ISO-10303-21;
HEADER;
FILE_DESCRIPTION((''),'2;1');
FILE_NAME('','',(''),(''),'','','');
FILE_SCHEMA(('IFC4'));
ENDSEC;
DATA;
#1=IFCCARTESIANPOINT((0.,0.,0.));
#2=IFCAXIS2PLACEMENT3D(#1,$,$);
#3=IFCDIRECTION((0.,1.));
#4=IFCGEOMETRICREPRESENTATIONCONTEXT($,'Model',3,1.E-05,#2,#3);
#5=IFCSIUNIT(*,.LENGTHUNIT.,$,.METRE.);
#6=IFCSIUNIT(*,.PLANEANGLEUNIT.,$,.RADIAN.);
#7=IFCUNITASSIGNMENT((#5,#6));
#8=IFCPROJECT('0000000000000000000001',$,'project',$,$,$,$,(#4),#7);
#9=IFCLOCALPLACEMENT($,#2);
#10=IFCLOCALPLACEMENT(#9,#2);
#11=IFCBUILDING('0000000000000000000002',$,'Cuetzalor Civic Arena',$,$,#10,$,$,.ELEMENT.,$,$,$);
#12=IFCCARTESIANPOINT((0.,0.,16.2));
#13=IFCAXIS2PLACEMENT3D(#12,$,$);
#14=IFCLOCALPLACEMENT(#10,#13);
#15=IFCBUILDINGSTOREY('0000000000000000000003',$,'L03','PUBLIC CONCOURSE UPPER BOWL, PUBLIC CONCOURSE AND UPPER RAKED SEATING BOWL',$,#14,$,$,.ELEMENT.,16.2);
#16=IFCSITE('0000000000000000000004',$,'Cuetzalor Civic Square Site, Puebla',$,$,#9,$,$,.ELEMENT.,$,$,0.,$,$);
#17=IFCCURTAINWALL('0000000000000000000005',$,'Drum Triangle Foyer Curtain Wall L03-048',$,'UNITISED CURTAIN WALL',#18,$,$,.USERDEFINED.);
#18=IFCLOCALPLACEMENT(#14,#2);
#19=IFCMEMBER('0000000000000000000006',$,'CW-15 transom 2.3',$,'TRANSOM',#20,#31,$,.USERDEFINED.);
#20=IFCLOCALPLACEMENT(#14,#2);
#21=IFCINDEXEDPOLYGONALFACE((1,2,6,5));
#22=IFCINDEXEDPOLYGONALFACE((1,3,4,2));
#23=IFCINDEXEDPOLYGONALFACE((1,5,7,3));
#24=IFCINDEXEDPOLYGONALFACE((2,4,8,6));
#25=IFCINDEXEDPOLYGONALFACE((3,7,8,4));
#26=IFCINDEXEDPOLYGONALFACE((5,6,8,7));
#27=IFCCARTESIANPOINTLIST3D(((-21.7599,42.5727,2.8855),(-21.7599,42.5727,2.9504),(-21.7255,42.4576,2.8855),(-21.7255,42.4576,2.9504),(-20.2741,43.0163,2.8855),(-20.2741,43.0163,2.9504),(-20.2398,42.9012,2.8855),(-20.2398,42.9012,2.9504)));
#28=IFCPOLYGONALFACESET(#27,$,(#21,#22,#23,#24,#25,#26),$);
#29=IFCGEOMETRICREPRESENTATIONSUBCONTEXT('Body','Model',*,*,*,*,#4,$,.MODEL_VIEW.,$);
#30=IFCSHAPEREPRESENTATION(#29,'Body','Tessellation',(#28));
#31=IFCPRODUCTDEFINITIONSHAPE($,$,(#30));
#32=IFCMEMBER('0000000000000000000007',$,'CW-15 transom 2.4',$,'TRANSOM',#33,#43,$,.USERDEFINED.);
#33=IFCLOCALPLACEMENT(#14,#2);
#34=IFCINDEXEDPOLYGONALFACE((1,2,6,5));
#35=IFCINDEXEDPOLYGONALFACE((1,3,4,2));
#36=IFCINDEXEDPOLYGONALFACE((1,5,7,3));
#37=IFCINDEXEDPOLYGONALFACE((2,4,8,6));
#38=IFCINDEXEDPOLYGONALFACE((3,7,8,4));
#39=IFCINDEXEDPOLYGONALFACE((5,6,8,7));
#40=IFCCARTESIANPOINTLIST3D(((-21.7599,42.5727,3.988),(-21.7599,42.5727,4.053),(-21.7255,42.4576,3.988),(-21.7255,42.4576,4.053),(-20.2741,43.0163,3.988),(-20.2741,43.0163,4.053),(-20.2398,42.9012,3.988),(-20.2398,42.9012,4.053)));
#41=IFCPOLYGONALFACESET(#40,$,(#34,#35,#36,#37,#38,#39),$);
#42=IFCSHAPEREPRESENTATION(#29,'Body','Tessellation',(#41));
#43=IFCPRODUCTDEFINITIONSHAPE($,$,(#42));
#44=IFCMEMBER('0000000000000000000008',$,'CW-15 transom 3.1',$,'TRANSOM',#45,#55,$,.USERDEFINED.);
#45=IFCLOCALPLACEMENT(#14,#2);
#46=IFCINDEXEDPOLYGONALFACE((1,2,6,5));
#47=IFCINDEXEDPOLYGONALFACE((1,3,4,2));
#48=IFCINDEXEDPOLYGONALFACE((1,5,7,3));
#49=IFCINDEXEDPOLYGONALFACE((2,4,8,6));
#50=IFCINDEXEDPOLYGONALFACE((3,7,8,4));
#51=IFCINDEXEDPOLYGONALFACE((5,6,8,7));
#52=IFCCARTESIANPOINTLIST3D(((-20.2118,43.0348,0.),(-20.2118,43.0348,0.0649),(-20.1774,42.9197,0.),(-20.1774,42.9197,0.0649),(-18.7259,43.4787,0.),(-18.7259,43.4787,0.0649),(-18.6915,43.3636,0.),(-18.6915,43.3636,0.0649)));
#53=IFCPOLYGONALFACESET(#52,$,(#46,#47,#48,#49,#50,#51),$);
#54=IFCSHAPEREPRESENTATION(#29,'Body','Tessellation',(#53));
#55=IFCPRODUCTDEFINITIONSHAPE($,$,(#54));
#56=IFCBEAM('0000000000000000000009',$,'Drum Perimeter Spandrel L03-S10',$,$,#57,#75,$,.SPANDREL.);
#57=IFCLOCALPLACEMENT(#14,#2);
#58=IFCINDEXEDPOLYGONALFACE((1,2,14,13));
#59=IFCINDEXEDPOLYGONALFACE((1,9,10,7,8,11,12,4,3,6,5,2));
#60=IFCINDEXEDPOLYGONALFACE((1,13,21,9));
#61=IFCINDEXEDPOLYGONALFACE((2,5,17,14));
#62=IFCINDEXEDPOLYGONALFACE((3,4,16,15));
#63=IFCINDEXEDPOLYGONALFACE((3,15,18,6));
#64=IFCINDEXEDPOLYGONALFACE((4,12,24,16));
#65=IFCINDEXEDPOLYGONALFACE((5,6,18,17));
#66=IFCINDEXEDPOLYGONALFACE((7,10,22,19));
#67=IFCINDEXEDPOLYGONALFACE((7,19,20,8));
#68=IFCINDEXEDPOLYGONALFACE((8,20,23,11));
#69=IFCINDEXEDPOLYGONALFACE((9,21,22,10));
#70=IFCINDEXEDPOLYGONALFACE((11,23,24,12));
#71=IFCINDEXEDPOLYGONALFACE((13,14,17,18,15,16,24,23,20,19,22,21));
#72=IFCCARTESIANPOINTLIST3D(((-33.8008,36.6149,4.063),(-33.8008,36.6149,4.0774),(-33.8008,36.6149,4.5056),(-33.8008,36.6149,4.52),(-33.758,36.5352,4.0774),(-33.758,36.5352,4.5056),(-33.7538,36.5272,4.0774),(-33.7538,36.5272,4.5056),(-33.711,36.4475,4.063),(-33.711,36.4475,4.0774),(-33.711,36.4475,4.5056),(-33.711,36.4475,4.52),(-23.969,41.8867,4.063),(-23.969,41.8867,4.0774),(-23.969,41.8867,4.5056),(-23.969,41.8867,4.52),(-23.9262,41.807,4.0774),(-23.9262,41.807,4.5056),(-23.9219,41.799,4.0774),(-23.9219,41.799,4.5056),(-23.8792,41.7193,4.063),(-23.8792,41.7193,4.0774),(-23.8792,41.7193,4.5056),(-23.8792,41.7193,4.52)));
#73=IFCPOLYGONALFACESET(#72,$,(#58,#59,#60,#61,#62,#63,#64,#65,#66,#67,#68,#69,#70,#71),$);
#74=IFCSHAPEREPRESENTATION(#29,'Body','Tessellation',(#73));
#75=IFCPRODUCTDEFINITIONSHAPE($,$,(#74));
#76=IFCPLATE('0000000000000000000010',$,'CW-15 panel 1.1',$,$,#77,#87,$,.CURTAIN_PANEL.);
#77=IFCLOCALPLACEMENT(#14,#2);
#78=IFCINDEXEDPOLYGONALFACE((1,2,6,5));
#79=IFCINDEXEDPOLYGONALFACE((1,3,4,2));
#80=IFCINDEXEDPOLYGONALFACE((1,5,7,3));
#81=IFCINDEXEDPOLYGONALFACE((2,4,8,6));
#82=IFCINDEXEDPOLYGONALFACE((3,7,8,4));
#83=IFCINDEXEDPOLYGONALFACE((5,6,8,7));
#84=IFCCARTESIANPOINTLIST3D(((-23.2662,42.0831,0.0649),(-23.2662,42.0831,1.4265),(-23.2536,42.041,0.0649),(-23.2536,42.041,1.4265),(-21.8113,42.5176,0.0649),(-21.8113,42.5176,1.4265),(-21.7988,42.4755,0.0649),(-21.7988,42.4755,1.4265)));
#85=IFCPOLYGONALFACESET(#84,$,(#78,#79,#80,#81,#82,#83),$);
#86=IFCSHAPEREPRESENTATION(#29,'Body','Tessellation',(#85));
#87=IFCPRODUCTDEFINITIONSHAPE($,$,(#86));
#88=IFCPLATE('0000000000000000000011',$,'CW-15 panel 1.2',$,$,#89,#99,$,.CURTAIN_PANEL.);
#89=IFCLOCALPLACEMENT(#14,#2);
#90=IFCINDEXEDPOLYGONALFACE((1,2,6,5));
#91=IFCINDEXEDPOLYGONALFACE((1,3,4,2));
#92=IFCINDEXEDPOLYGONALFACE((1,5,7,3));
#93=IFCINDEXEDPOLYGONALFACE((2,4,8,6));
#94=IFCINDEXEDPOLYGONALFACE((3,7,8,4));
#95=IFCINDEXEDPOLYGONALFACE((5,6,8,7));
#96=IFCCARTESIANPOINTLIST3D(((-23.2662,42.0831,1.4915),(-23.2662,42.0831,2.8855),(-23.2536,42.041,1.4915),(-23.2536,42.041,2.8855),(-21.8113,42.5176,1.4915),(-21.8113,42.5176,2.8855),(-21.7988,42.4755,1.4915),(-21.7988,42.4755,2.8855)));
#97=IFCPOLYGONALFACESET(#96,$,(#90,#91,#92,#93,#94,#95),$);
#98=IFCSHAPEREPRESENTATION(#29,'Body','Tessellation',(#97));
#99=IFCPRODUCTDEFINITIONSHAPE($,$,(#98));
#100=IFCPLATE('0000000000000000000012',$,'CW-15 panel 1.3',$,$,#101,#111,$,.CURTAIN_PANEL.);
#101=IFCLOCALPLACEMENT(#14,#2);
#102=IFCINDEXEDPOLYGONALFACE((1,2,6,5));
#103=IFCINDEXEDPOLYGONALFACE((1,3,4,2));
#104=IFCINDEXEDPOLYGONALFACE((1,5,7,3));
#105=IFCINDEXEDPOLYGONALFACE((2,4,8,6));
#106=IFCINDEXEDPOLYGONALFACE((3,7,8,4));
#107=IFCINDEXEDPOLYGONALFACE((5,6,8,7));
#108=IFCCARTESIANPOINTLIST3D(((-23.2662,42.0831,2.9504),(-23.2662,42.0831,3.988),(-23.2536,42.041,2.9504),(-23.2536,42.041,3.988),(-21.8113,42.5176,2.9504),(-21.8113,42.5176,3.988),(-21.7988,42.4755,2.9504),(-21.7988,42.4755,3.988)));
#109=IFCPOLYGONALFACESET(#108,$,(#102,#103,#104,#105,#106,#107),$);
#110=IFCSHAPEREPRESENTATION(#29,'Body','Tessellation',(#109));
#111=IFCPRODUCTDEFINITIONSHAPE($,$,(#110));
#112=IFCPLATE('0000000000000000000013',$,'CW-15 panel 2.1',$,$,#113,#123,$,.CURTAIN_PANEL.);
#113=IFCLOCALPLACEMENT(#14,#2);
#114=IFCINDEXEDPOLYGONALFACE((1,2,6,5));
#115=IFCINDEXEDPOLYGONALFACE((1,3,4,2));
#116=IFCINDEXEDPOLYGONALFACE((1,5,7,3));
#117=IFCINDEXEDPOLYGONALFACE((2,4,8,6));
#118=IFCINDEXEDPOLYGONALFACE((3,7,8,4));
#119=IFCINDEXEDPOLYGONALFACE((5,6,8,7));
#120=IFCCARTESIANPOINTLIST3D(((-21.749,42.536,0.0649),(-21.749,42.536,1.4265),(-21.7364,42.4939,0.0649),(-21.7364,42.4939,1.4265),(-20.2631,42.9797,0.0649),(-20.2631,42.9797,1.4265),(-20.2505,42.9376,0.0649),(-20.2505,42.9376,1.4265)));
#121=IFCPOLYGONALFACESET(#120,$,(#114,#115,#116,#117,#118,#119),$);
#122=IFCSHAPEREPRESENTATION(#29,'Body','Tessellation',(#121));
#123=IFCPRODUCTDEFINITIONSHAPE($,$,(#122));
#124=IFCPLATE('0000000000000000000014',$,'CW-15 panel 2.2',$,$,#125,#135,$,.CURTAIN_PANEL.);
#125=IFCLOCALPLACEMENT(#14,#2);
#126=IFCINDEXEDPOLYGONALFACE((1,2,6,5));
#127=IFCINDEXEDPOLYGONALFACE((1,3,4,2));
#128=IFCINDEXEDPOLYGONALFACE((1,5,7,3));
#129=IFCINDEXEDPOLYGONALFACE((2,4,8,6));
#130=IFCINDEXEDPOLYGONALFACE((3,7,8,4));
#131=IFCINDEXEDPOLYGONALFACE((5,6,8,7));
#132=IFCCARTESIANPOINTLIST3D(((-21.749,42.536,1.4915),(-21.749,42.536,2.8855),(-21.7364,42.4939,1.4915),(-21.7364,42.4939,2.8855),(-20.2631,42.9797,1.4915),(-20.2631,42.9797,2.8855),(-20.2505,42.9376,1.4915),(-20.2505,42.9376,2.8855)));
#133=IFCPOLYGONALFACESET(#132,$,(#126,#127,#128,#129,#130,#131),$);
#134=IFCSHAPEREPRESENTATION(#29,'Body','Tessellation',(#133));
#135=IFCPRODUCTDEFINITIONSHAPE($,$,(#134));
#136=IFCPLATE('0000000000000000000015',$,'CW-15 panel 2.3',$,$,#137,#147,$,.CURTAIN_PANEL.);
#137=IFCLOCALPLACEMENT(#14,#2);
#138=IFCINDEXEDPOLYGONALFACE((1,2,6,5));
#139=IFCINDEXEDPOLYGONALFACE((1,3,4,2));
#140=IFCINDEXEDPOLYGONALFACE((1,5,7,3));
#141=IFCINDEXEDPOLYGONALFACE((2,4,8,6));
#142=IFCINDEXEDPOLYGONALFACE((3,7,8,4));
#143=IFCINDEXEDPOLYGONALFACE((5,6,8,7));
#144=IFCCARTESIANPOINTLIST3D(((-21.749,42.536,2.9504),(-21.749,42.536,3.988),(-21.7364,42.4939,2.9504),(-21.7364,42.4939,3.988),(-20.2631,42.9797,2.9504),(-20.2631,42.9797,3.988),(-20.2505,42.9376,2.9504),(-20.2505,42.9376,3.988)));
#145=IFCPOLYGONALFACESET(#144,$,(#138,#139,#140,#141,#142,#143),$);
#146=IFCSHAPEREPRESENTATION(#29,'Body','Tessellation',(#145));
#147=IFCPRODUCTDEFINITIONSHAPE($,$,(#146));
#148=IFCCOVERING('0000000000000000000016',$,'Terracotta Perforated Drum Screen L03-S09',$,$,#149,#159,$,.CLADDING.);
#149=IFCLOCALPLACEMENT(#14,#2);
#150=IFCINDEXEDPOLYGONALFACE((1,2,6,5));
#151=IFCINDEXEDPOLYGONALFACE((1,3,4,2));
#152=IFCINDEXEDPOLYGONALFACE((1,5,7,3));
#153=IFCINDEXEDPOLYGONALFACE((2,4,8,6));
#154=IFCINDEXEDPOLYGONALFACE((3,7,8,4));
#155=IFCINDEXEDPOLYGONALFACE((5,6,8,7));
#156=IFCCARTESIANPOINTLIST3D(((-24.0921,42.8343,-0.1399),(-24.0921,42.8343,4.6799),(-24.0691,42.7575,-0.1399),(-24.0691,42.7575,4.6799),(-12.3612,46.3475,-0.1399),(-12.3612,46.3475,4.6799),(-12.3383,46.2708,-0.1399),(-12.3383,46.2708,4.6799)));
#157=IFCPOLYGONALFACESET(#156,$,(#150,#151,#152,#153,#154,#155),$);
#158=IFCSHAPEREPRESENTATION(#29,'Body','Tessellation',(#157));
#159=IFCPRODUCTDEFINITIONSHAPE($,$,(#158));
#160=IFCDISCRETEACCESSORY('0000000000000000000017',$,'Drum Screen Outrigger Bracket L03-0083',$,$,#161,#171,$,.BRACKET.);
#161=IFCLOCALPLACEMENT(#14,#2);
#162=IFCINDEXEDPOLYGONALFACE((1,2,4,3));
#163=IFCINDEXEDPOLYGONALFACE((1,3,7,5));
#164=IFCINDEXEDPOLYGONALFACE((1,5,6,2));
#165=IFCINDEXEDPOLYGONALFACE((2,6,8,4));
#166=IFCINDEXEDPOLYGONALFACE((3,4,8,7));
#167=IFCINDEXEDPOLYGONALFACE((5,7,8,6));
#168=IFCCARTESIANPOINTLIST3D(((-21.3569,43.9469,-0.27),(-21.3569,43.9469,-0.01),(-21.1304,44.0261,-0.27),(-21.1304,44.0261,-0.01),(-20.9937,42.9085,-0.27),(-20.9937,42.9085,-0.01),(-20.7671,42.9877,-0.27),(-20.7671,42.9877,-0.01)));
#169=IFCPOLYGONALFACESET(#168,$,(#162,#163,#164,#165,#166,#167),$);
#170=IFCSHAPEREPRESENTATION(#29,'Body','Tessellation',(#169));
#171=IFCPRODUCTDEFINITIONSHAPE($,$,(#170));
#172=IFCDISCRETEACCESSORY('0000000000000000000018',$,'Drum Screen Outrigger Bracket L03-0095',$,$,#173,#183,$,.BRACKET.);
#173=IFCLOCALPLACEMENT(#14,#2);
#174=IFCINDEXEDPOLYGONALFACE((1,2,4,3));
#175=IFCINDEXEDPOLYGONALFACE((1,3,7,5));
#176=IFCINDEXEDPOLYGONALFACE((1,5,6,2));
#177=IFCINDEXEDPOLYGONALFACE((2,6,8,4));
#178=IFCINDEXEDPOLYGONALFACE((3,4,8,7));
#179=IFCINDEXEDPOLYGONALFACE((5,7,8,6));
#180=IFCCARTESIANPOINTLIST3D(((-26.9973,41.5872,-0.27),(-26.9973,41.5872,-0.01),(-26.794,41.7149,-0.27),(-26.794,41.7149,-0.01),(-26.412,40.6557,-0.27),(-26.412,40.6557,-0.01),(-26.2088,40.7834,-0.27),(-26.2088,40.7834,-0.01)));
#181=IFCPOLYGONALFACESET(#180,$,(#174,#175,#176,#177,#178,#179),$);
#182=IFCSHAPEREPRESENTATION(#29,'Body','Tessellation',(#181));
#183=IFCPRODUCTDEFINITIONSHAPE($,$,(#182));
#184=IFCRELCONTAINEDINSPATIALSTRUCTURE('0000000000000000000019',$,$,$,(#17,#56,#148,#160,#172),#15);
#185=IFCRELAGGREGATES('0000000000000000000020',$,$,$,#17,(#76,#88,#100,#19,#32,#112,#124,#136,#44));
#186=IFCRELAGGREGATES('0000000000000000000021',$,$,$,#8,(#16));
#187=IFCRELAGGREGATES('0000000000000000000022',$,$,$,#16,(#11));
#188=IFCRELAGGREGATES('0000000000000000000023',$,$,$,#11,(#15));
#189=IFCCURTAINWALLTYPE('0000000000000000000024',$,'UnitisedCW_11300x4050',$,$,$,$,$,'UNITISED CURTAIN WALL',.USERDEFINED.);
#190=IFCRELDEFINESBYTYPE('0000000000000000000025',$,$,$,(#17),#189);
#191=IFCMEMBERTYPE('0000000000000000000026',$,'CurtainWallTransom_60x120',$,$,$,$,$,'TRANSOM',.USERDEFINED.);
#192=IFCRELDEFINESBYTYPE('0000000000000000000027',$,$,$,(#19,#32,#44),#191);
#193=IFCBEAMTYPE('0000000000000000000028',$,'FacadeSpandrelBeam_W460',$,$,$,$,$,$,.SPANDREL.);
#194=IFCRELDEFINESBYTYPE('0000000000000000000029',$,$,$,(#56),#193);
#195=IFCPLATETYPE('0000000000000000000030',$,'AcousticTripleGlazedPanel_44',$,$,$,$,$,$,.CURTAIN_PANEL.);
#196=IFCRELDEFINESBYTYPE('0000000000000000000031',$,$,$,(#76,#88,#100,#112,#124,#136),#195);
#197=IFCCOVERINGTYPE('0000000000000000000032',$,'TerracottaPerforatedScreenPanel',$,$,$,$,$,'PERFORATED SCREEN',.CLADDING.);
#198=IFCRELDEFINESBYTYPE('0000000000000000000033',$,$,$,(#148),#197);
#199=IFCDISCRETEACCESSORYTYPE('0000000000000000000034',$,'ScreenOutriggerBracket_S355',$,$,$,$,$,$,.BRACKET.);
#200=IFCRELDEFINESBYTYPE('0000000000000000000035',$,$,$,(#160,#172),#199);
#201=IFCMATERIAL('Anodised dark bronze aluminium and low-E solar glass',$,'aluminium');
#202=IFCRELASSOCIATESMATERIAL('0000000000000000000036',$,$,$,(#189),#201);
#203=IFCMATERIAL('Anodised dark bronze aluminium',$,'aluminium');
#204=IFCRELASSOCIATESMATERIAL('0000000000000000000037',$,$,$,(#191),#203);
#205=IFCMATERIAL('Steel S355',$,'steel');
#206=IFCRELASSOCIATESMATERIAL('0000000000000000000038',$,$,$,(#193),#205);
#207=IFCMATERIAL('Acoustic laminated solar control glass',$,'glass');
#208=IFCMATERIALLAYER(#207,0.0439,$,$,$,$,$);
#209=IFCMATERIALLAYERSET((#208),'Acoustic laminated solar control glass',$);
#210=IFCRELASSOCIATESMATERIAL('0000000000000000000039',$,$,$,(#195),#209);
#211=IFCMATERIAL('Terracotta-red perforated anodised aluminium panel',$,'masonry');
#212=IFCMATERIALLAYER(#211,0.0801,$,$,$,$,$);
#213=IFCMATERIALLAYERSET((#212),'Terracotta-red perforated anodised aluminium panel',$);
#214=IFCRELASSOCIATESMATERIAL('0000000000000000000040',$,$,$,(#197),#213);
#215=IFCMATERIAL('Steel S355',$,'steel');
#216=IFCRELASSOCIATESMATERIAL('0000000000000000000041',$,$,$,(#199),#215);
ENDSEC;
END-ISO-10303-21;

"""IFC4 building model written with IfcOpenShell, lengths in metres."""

from ifc_helpers import new_model, si_unit, direction, frame, frame_2d, origin, origin_2d, place, context, subcontext, project, spatial, rectangle, i_section, extrude, material, layer, layer_set, material_profile, profile_set, type_object, element, aggregate, save


model = new_model("IFC4")

# Units and contexts
model_context = context("Model", 3, precision=1e-05, world=origin(), true_north=direction((0.0, 1.0)))
body_context = subcontext(model_context, "Body", "Model", "MODEL_VIEW")
ifc_project = project(units=[si_unit("LENGTHUNIT", "METRE"), si_unit("PLANEANGLEUNIT", "RADIAN")], contexts=[model_context])

# Site, building, storey
site_placement = place(None, origin())
site = spatial("IfcSite", under=ifc_project, at=site_placement, Name="Cuetzalor Civic Square Site, Puebla", CompositionType="ELEMENT", RefElevation=0.0)
building_placement = place(site_placement, origin())
building = spatial("IfcBuilding", under=site, at=building_placement, Name="Cuetzalor Civic Arena", CompositionType="ELEMENT")
storey_placement = place(building_placement, frame((0.0, 0.0, 16.2)))
storey = spatial("IfcBuildingStorey", under=building, at=storey_placement, Name="L03", Description="PUBLIC CONCOURSE UPPER BOWL, PUBLIC CONCOURSE AND UPPER RAKED SEATING BOWL", CompositionType="ELEMENT", Elevation=16.2)

# Curtain wall, members
ifc_material_1 = material(Name="Anodised dark bronze aluminium and low-E solar glass", Category="aluminium")
curtain_wall_type = type_object("IfcCurtainWallType", Name="UnitisedCW_11300x4050", ElementType="UNITISED CURTAIN WALL", PredefinedType="USERDEFINED", material=ifc_material_1)
curtain_wall_placement = place(storey_placement, origin())
curtain_wall = element("IfcCurtainWall", 1, at=curtain_wall_placement, inside=storey, type_object=curtain_wall_type, Name="Drum Triangle Foyer Curtain Wall L03-048", ObjectType="UNITISED CURTAIN WALL", PredefinedType="USERDEFINED")
ifc_material_2 = material(Name="Anodised dark bronze aluminium", Category="aluminium")
ifc_material_profile_1 = material_profile(ifc_material_2, rectangle(XDim=0.1201, YDim=0.0649, at=origin_2d()), Name="ALU TRANSOM 65x120")
ifc_profile_set_1 = profile_set([ifc_material_profile_1], Name="Anodised dark bronze aluminium")
member_type_1 = type_object("IfcMemberType", Name="CurtainWallTransom_60x120", ElementType="TRANSOM", PredefinedType="USERDEFINED", material=ifc_profile_set_1)
member_1_placement = place(storey_placement, frame((-21.7427, 42.5151, 2.918), z_axis=(0.958207, 0.286077, 0.0), x_axis=(-0.286077, 0.958207, 0.0)))
member_1 = element("IfcMember", 2, at=member_1_placement, type_object=member_type_1, Name="CW-15 transom 2.3", ObjectType="TRANSOM", PredefinedType="USERDEFINED", context=body_context, shape_type="SweptSolid", body=[
    extrude(rectangle(XDim=0.1201, YDim=0.0649, at=origin_2d()), origin(), (0.0, 0.0, 1.0), 1.5505),
])
member_2_placement = place(storey_placement, frame((-21.7427, 42.5151, 4.0205), z_axis=(0.958207, 0.286077, 0.0), x_axis=(-0.286077, 0.958207, 0.0)))
member_2 = element("IfcMember", 3, at=member_2_placement, type_object=member_type_1, Name="CW-15 transom 2.4", ObjectType="TRANSOM", PredefinedType="USERDEFINED", context=body_context, shape_type="SweptSolid", body=[
    extrude(rectangle(XDim=0.1201, YDim=0.0649, at=origin_2d()), origin(), (0.0, 0.0, 1.0), 1.5505),
])
member_3_placement = place(storey_placement, frame((-20.1946, 42.9773, 0.0325), z_axis=(0.958164, 0.286221, 0.0), x_axis=(-0.286221, 0.958164, 0.0)))
member_3 = element("IfcMember", 4, at=member_3_placement, type_object=member_type_1, Name="CW-15 transom 3.1", ObjectType="TRANSOM", PredefinedType="USERDEFINED", context=body_context, shape_type="SweptSolid", body=[
    extrude(rectangle(XDim=0.1201, YDim=0.0649, at=origin_2d()), origin(), (0.0, 0.0, 1.0), 1.5508),
])

# Beam
ifc_material_3 = material(Name="Steel S355", Category="steel")
ifc_material_profile_2 = material_profile(ifc_material_3, i_section(OverallWidth=0.1899, OverallDepth=0.457, WebThickness=0.009, FlangeThickness=0.0144, at=origin_2d()), Name="W460x74")
ifc_profile_set_2 = profile_set([ifc_material_profile_2], Name="Steel S355")
beam_type = type_object("IfcBeamType", Name="FacadeSpandrelBeam_W460", PredefinedType="SPANDREL", material=ifc_profile_set_2)
beam_placement = place(storey_placement, frame((-23.9241, 41.803, 4.2915), z_axis=(-0.881305, -0.472549, 0.0), x_axis=(0.472549, -0.881305, 0.0)))
element("IfcBeam", 5, at=beam_placement, inside=storey, type_object=beam_type, Name="Drum Perimeter Spandrel L03-S10", PredefinedType="SPANDREL", context=body_context, shape_type="SweptSolid", body=[
    extrude(i_section(OverallWidth=0.1899, OverallDepth=0.457, WebThickness=0.009, FlangeThickness=0.0144, at=origin_2d()), origin(), (0.0, 0.0, 1.0), 11.156),
])

# Plates
ifc_material_4 = material(Name="Acoustic laminated solar control glass", Category="glass")
ifc_layer_1 = layer(ifc_material_4, 0.0439)
ifc_layer_set_1 = layer_set([ifc_layer_1], Name="Acoustic laminated solar control glass")
plate_type = type_object("IfcPlateType", Name="AcousticTripleGlazedPanel_44", PredefinedType="CURTAIN_PANEL", material=ifc_layer_set_1)
plate_1_placement = place(storey_placement, frame((-22.5325, 42.2793, 0.0649), z_axis=(0.0, 0.0, 1.0), x_axis=(0.958194, 0.28612, 0.0)))
plate_1 = element("IfcPlate", 6, at=plate_1_placement, type_object=plate_type, Name="CW-15 panel 1.1", PredefinedType="CURTAIN_PANEL", context=body_context, shape_type="SweptSolid", body=[
    extrude(rectangle(XDim=1.5183, YDim=0.0439, at=origin_2d()), origin(), (0.0, 0.0, 1.0), 1.3616),
])
plate_2_placement = place(storey_placement, frame((-22.5325, 42.2793, 1.4915), z_axis=(0.0, 0.0, 1.0), x_axis=(0.958194, 0.28612, 0.0)))
plate_2 = element("IfcPlate", 7, at=plate_2_placement, type_object=plate_type, Name="CW-15 panel 1.2", PredefinedType="CURTAIN_PANEL", context=body_context, shape_type="SweptSolid", body=[
    extrude(rectangle(XDim=1.5183, YDim=0.0439, at=origin_2d()), origin(), (0.0, 0.0, 1.0), 1.394),
])
plate_3_placement = place(storey_placement, frame((-22.5325, 42.2793, 2.9504), z_axis=(0.0, 0.0, 1.0), x_axis=(0.958194, 0.28612, 0.0)))
plate_3 = element("IfcPlate", 8, at=plate_3_placement, type_object=plate_type, Name="CW-15 panel 1.3", PredefinedType="CURTAIN_PANEL", context=body_context, shape_type="SweptSolid", body=[
    extrude(rectangle(XDim=1.5183, YDim=0.0439, at=origin_2d()), origin(), (0.0, 0.0, 1.0), 1.0376),
])
plate_4_placement = place(storey_placement, frame((-20.9998, 42.7368, 0.0649), z_axis=(0.0, 0.0, 1.0), x_axis=(0.958194, 0.28612, 0.0)))
plate_4 = element("IfcPlate", 9, at=plate_4_placement, type_object=plate_type, Name="CW-15 panel 2.1", PredefinedType="CURTAIN_PANEL", context=body_context, shape_type="SweptSolid", body=[
    extrude(rectangle(XDim=1.5508, YDim=0.0439, at=origin_2d()), origin(), (0.0, 0.0, 1.0), 1.3616),
])
plate_5_placement = place(storey_placement, frame((-20.9998, 42.7368, 1.4915), z_axis=(0.0, 0.0, 1.0), x_axis=(0.958194, 0.28612, 0.0)))
plate_5 = element("IfcPlate", 10, at=plate_5_placement, type_object=plate_type, Name="CW-15 panel 2.2", PredefinedType="CURTAIN_PANEL", context=body_context, shape_type="SweptSolid", body=[
    extrude(rectangle(XDim=1.5508, YDim=0.0439, at=origin_2d()), origin(), (0.0, 0.0, 1.0), 1.394),
])
plate_6_placement = place(storey_placement, frame((-20.9998, 42.7368, 2.9504), z_axis=(0.0, 0.0, 1.0), x_axis=(0.958194, 0.28612, 0.0)))
plate_6 = element("IfcPlate", 11, at=plate_6_placement, type_object=plate_type, Name="CW-15 panel 2.3", PredefinedType="CURTAIN_PANEL", context=body_context, shape_type="SweptSolid", body=[
    extrude(rectangle(XDim=1.5508, YDim=0.0439, at=origin_2d()), origin(), (0.0, 0.0, 1.0), 1.0376),
])
aggregate(curtain_wall, [plate_1, plate_2, plate_3, member_1, member_2, plate_4, plate_5, plate_6, member_3])

# Covering
ifc_material_5 = material(Name="Terracotta-red perforated anodised aluminium panel", Category="masonry")
ifc_layer_2 = layer(ifc_material_5, 0.0801)
ifc_layer_set_2 = layer_set([ifc_layer_2], Name="Terracotta-red perforated anodised aluminium panel")
covering_type = type_object("IfcCoveringType", Name="TerracottaPerforatedScreenPanel", ElementType="PERFORATED SCREEN", PredefinedType="CLADDING", material=ifc_layer_set_2)
covering_placement = place(storey_placement, frame((-24.0806, 42.7959, -0.1399), z_axis=(0.0, 0.0, 1.0), x_axis=(0.957962, 0.286896, 0.0)))
element("IfcCovering", 12, at=covering_placement, inside=storey, type_object=covering_type, Name="Terracotta Perforated Drum Screen L03-S09", PredefinedType="CLADDING", context=body_context, shape_type="SweptSolid", body=[
    extrude(rectangle(XDim=12.2456, YDim=0.0801, at=frame_2d((6.1228, 0.0))), origin(), (0.0, 0.0, 1.0), 4.8198),
])

# Discrete accessories
ifc_material_6 = material(Name="Steel S355", Category="steel")
discrete_accessory_type = type_object("IfcDiscreteAccessoryType", Name="ScreenOutriggerBracket_S355", PredefinedType="BRACKET", material=ifc_material_6)
for number, where, z_axis, x_axis, name in (
    (13, (-21.062, 43.4673, -0.27), (0.0, 0.0, 1.0), (-0.330185, 0.943916, 0.0), "Drum Screen Outrigger Bracket L03-0083"),
    (14, (-26.603, 41.1853, -0.27), (0.0, 0.0, 1.0), (-0.53199, 0.846751, 0.0), "Drum Screen Outrigger Bracket L03-0095"),
):
    element("IfcDiscreteAccessory", number, at=place(storey_placement, frame(where, z_axis=z_axis, x_axis=x_axis)), inside=storey, type_object=discrete_accessory_type, Name=name, PredefinedType="BRACKET", context=body_context, shape_type="SweptSolid", body=[
        extrude(rectangle(XDim=1.1001, YDim=0.24, at=origin_2d()), origin(), (0.0, 0.0, 1.0), 0.26),
    ])

save(model, "model.ifc")
